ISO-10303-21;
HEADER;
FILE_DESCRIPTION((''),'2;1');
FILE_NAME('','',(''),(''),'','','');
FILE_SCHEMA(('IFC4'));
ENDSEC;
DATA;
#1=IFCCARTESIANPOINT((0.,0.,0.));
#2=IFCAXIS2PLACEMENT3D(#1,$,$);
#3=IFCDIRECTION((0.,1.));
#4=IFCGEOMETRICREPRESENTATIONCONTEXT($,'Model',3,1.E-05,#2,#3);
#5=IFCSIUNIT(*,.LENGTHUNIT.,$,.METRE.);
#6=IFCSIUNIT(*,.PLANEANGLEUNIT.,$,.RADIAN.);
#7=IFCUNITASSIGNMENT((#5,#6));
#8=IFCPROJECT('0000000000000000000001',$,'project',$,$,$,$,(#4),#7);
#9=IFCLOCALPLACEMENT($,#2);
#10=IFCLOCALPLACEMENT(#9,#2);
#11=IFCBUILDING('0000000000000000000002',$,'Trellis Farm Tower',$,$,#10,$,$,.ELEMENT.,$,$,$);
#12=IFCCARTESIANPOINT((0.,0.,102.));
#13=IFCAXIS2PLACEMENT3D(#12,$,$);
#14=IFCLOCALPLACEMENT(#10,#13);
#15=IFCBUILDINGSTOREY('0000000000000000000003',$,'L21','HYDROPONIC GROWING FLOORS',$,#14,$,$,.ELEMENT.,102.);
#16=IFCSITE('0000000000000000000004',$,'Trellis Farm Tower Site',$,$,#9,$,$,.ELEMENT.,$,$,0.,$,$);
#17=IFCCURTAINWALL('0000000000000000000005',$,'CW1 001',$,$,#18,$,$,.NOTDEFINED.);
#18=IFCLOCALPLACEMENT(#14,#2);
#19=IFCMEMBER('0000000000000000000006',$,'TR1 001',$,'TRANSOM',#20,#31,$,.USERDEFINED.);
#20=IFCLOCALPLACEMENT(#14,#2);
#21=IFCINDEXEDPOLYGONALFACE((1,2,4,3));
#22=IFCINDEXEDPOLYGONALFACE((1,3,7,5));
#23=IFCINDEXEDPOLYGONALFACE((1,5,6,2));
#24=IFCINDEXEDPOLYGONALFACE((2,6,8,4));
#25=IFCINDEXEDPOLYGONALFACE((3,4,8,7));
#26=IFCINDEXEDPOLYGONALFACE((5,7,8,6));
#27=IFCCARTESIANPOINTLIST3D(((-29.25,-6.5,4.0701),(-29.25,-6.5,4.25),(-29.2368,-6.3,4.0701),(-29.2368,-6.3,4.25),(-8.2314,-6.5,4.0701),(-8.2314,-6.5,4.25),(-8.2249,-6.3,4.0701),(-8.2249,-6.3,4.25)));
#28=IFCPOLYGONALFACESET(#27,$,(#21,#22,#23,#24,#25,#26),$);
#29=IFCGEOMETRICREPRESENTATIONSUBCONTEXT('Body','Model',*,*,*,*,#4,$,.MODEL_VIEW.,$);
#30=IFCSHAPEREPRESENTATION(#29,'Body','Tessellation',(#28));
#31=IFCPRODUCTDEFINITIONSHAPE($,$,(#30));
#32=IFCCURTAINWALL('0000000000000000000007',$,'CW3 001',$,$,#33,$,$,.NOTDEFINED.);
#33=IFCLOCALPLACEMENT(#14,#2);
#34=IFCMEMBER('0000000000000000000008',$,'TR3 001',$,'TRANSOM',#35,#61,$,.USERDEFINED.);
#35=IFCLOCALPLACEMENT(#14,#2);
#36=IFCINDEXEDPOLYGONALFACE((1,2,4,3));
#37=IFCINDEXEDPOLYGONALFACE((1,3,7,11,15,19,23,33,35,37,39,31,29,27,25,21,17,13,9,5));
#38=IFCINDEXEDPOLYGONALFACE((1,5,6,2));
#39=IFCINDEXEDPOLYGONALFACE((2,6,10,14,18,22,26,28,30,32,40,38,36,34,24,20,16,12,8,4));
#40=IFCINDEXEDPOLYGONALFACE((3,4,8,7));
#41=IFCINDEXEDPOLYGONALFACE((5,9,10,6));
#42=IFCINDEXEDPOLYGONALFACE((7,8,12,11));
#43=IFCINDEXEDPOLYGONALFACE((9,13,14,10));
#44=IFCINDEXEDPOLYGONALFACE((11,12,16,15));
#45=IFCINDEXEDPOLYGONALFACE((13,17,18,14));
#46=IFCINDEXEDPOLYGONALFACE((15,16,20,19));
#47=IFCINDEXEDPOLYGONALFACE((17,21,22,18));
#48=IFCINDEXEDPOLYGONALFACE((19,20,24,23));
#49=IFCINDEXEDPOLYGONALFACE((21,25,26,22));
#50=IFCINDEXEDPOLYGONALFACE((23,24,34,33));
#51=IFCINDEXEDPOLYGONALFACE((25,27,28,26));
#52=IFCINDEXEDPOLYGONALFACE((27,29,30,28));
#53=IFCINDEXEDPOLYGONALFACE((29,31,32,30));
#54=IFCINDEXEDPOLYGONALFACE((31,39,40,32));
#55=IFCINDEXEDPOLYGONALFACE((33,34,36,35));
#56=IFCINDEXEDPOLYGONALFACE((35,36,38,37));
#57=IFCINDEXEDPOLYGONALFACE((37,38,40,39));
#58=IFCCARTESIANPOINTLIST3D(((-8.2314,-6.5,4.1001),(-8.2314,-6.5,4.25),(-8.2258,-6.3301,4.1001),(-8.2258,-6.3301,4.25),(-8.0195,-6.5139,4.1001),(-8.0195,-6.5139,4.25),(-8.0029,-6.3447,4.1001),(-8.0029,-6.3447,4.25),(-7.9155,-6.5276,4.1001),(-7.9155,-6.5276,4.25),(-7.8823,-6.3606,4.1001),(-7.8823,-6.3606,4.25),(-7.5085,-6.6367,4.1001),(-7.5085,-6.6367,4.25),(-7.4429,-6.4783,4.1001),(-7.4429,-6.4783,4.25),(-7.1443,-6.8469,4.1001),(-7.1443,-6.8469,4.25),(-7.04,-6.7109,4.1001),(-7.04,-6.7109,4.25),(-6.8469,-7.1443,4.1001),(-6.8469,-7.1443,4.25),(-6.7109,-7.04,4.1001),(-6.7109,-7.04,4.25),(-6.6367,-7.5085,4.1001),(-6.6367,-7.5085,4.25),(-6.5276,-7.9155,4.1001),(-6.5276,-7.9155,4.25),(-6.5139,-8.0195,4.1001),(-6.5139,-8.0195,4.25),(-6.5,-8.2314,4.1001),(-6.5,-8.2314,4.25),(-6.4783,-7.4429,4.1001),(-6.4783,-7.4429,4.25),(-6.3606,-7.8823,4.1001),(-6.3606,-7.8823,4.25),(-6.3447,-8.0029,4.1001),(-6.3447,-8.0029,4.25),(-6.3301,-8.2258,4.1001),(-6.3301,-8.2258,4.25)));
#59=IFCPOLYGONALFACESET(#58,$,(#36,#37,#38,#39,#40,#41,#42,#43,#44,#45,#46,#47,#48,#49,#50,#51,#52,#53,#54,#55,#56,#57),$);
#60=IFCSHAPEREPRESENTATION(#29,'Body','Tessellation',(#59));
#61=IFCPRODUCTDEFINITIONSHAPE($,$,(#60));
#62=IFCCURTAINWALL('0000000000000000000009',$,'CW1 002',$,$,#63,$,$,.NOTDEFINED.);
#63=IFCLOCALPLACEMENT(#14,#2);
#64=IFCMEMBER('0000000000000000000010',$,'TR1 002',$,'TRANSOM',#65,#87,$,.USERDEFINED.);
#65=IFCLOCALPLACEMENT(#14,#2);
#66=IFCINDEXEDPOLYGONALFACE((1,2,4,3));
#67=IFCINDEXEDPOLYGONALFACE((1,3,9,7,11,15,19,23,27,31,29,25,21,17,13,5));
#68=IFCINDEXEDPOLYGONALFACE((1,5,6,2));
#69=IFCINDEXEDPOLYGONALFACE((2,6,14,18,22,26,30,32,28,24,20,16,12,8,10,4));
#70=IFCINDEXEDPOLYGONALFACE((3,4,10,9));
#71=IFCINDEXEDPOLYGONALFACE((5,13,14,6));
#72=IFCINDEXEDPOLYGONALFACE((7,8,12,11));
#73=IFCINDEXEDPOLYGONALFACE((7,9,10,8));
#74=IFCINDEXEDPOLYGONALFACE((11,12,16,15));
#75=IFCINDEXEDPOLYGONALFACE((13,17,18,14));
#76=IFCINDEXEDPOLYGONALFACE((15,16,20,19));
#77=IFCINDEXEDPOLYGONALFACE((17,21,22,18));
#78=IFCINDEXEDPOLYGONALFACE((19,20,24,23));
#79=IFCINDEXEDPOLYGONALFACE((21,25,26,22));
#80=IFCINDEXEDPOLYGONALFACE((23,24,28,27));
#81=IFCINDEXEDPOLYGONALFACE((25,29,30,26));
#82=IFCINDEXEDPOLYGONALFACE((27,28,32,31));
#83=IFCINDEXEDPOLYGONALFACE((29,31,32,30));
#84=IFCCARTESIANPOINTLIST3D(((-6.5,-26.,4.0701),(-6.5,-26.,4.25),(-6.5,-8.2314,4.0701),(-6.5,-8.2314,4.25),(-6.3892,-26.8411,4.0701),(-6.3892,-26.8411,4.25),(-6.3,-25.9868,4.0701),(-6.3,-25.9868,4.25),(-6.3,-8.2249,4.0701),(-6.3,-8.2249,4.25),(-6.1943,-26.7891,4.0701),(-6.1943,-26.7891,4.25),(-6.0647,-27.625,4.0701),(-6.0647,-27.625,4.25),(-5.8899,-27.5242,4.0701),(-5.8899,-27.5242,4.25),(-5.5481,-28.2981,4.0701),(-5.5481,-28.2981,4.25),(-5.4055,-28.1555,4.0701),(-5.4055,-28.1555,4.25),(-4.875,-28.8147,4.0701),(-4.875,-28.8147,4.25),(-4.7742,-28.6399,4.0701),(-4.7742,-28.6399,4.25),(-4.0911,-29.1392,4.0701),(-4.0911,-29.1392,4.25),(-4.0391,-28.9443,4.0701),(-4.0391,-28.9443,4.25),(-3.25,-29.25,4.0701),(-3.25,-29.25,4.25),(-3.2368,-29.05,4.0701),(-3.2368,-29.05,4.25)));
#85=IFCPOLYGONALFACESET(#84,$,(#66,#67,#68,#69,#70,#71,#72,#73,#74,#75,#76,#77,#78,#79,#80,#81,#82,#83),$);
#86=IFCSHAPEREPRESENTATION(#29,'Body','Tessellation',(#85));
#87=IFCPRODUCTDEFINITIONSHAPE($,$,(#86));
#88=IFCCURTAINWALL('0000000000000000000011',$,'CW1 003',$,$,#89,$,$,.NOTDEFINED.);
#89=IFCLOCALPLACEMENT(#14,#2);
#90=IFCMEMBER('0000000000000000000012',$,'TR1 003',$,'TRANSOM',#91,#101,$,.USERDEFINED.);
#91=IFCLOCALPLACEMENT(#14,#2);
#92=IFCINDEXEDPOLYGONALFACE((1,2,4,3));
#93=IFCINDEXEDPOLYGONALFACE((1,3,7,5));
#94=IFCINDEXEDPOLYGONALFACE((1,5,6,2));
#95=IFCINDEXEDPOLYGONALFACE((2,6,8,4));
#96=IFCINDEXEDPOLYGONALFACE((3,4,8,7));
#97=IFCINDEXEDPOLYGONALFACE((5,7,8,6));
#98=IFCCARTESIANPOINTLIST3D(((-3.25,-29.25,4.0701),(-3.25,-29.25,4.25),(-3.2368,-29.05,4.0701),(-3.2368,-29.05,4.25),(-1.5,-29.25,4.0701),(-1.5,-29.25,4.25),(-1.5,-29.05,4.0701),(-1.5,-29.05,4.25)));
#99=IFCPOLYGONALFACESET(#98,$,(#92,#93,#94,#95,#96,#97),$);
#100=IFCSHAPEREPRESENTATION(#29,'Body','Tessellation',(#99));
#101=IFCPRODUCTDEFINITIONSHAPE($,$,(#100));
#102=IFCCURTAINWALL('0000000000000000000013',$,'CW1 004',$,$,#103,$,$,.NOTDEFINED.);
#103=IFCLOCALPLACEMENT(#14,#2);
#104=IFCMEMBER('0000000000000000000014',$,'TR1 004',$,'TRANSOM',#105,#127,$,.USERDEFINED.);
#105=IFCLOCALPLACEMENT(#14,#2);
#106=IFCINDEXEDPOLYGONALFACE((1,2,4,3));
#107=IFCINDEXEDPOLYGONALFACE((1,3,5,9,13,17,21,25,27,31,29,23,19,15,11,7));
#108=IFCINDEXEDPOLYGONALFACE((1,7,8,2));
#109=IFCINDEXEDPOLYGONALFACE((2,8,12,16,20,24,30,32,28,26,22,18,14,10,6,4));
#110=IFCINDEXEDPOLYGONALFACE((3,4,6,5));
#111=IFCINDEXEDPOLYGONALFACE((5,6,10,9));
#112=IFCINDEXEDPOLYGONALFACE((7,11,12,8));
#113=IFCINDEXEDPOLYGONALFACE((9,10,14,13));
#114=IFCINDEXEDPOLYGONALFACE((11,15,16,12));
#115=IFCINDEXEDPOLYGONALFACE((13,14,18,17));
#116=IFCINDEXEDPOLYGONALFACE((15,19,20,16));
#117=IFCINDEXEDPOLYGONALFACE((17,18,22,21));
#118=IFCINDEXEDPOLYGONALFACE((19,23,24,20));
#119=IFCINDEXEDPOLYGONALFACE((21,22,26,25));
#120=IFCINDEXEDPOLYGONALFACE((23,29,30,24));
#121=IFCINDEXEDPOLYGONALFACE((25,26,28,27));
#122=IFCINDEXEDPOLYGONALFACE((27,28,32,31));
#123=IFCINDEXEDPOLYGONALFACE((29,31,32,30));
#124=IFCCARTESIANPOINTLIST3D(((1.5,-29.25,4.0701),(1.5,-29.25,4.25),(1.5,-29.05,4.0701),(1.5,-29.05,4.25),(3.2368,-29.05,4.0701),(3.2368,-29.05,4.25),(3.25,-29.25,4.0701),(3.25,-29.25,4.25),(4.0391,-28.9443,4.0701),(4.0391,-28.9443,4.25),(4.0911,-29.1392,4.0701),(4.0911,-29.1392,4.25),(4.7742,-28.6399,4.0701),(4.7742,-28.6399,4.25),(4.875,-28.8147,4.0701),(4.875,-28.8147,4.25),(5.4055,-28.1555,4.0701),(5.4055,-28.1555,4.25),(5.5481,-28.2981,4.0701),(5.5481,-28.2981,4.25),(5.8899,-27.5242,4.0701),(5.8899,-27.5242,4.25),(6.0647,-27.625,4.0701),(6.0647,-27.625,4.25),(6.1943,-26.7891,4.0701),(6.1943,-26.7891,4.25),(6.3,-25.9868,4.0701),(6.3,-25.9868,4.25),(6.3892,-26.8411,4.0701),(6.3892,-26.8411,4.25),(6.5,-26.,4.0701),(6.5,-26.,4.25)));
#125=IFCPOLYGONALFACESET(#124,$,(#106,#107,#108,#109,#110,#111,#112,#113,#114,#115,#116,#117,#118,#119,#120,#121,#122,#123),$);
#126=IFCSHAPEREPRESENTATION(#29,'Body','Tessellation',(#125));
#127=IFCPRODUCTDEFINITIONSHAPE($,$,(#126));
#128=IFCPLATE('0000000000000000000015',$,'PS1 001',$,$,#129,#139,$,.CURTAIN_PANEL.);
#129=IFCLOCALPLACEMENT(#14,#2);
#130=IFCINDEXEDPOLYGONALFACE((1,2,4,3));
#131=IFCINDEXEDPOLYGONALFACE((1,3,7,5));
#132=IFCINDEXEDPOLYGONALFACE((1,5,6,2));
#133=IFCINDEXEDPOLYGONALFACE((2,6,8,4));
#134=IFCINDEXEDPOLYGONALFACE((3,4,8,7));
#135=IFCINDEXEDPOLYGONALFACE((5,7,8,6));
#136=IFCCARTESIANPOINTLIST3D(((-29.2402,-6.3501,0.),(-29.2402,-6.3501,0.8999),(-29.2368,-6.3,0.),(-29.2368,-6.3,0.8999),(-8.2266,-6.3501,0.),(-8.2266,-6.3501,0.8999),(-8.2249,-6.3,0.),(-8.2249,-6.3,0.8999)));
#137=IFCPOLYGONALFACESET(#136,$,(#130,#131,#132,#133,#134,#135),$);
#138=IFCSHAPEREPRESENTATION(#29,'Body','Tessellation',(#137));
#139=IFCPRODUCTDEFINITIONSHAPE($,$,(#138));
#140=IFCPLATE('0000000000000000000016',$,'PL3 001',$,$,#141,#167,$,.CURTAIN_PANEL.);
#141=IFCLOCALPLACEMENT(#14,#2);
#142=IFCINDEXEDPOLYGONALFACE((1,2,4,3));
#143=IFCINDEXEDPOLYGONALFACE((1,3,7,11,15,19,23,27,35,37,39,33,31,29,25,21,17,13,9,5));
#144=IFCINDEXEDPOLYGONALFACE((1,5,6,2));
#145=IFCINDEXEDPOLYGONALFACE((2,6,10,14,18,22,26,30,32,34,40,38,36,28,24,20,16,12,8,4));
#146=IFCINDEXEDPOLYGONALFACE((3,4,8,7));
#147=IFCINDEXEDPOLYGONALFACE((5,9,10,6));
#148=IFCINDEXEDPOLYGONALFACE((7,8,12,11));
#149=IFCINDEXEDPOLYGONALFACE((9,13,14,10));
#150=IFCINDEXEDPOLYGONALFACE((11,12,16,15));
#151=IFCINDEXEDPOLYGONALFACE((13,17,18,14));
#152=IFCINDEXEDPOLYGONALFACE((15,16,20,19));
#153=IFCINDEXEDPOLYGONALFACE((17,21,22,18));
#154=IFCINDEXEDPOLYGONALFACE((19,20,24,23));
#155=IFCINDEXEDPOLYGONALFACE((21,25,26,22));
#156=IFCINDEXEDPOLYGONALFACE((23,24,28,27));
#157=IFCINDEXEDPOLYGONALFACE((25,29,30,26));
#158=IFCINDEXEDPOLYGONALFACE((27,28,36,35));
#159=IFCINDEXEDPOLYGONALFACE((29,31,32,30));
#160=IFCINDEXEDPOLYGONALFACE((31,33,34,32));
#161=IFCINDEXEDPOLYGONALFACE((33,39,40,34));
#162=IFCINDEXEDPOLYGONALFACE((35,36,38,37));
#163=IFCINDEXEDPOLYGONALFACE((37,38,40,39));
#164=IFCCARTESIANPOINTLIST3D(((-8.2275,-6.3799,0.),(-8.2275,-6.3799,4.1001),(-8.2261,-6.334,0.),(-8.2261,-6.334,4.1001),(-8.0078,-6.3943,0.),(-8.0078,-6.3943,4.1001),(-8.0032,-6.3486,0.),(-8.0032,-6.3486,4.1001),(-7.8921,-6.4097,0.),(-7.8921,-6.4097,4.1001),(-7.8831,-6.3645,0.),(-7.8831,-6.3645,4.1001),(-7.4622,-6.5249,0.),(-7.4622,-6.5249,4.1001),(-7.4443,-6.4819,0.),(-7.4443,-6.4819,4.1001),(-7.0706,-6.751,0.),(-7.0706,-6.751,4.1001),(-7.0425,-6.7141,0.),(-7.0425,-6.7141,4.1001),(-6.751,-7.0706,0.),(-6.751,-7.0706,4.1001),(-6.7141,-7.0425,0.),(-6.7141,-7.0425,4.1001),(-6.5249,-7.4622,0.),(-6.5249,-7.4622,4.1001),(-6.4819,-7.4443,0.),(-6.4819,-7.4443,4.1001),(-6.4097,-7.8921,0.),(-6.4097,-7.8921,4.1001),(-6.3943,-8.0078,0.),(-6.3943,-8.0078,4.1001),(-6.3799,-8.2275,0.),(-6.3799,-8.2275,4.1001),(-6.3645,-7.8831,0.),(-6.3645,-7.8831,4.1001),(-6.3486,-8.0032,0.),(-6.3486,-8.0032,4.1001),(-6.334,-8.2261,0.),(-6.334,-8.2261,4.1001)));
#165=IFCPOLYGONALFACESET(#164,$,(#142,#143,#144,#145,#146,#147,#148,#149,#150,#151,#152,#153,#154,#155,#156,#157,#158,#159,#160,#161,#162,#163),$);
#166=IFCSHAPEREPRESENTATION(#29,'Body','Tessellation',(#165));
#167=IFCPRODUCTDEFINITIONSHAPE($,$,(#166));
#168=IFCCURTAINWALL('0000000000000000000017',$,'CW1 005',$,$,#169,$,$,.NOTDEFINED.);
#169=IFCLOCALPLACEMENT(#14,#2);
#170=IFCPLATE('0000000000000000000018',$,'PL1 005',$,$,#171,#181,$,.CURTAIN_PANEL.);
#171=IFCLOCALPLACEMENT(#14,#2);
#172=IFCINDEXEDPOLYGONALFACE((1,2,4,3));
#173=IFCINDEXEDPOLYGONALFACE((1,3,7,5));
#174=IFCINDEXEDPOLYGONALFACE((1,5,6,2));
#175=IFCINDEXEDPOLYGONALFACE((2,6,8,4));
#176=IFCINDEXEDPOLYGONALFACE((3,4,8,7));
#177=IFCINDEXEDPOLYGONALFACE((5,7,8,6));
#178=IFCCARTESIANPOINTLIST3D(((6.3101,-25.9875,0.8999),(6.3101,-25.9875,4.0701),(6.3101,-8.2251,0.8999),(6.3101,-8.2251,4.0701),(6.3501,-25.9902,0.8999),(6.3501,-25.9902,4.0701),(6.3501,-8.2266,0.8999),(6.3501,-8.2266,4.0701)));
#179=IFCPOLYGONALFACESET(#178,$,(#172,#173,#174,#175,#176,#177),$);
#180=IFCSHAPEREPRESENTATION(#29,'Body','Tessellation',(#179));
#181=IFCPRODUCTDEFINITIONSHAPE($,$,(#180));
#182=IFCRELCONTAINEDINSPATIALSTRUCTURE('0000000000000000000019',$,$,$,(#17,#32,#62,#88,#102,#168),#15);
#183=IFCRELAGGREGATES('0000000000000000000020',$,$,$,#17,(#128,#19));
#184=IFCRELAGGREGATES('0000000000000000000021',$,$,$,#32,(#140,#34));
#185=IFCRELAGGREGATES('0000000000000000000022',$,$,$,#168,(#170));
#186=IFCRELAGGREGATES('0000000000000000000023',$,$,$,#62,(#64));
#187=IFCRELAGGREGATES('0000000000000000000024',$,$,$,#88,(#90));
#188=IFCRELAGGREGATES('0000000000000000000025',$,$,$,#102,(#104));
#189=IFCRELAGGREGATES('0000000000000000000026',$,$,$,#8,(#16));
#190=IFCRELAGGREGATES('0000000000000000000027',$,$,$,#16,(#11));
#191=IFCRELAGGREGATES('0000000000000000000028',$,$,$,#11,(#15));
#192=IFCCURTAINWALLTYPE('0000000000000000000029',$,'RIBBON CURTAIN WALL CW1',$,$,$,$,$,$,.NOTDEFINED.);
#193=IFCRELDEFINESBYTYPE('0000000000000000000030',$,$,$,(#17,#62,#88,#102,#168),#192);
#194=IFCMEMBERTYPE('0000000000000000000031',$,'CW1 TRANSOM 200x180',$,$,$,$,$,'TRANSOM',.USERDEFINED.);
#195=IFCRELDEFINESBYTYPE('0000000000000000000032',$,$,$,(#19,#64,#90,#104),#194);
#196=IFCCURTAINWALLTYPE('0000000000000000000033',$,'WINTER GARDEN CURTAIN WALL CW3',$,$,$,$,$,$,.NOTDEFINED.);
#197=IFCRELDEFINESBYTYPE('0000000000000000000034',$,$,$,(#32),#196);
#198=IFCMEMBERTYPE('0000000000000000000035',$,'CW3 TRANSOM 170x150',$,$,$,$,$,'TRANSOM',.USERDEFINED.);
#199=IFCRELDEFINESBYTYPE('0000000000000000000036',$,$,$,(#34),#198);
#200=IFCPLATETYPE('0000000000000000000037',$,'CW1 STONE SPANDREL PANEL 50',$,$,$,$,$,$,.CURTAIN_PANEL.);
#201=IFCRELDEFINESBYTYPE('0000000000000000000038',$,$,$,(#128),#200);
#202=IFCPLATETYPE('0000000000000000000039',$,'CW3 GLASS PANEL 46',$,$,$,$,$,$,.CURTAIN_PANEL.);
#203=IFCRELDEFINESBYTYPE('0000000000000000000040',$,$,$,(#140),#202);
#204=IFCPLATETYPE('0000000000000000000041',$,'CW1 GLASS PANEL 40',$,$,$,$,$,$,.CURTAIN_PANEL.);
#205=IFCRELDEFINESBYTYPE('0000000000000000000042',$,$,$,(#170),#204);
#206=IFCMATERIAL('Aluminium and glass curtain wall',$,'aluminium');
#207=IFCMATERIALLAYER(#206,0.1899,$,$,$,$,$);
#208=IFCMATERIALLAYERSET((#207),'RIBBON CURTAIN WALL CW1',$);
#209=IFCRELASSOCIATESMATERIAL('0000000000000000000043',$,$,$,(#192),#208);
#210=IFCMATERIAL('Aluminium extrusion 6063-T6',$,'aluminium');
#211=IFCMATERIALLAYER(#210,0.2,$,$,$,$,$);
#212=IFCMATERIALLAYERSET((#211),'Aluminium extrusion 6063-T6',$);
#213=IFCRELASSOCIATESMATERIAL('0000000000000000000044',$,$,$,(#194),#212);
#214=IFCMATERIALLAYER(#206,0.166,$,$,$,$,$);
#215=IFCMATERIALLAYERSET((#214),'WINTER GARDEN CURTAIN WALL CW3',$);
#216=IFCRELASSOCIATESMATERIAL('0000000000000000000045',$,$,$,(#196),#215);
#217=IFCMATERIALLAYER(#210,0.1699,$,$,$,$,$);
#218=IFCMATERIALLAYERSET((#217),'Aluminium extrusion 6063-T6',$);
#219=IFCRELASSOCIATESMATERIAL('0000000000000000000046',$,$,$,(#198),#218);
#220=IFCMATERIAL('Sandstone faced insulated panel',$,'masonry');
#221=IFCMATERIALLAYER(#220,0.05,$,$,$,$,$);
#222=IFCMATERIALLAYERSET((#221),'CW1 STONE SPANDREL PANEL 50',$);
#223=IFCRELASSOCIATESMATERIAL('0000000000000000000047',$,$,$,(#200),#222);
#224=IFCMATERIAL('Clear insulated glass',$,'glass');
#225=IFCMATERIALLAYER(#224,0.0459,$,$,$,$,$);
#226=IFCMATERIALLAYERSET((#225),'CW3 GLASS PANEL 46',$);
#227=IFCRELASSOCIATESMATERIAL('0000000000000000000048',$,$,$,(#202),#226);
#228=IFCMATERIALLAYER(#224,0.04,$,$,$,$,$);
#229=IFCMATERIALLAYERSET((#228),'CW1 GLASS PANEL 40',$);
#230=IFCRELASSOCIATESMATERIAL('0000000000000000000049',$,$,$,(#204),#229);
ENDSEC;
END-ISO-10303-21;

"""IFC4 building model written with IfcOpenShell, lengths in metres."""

from ifc_helpers import new_model, si_unit, direction, frame, origin, place, context, subcontext, project, spatial, polyline, outline, extrude, source, transform, mapped, material, layer, layer_set, type_object, element, aggregate, save


model = new_model("IFC4")

# Units and contexts
model_context = context("Model", 3, precision=1e-05, world=origin(), true_north=direction((0.0, 1.0)))
body_context = subcontext(model_context, "Body", "Model", "MODEL_VIEW")
ifc_project = project(units=[si_unit("LENGTHUNIT", "METRE"), si_unit("PLANEANGLEUNIT", "RADIAN")], contexts=[model_context])

# Site, building, storey
site_placement = place(None, origin())
site = spatial("IfcSite", under=ifc_project, at=site_placement, Name="Trellis Farm Tower Site", CompositionType="ELEMENT", RefElevation=0.0)
building_placement = place(site_placement, origin())
building = spatial("IfcBuilding", under=site, at=building_placement, Name="Trellis Farm Tower", CompositionType="ELEMENT")
storey_placement = place(building_placement, frame((0.0, 0.0, 102.0)))
storey = spatial("IfcBuildingStorey", under=building, at=storey_placement, Name="L21", Description="HYDROPONIC GROWING FLOORS", CompositionType="ELEMENT", Elevation=102.0)

# Curtain walls, members
ifc_material_1 = material(Name="Aluminium and glass curtain wall", Category="aluminium")
ifc_layer_1 = layer(ifc_material_1, 0.1899)
ifc_layer_set_1 = layer_set([ifc_layer_1], Name="RIBBON CURTAIN WALL CW1")
curtain_wall_type_1 = type_object("IfcCurtainWallType", Name="RIBBON CURTAIN WALL CW1", PredefinedType="NOTDEFINED", material=ifc_layer_set_1)
placement_1 = place(storey_placement, origin())
curtain_wall_1 = element("IfcCurtainWall", 1, at=placement_1, inside=storey, type_object=curtain_wall_type_1, Name="CW1 001", PredefinedType="NOTDEFINED")
ifc_material_2 = material(Name="Aluminium extrusion 6063-T6", Category="aluminium")
ifc_layer_2 = layer(ifc_material_2, 0.2)
ifc_layer_set_2 = layer_set([ifc_layer_2], Name="Aluminium extrusion 6063-T6")
member_type_1 = type_object("IfcMemberType", Name="CW1 TRANSOM 200x180", ElementType="TRANSOM", PredefinedType="USERDEFINED", material=ifc_layer_set_2)
shared_shape_1 = source(origin(), body_context, "Body", "SweptSolid", [
    extrude(outline(polyline([(-29.25, -6.5), (-8.2314, -6.5), (-8.2249, -6.3), (-29.2368, -6.3), (-29.25, -6.5)])), origin(), (0.0, 0.0, 1.0), 0.1799),
])
placement_2 = place(storey_placement, frame((0.0, 0.0, 4.0701)))
member_1 = element("IfcMember", 2, at=placement_2, type_object=member_type_1, Name="TR1 001", ObjectType="TRANSOM", PredefinedType="USERDEFINED", context=body_context, shape_type="MappedRepresentation", body=[
    mapped(shared_shape_1, transform((0.0, 0.0, 0.0))),
])
ifc_layer_3 = layer(ifc_material_1, 0.166)
ifc_layer_set_3 = layer_set([ifc_layer_3], Name="WINTER GARDEN CURTAIN WALL CW3")
curtain_wall_type_2 = type_object("IfcCurtainWallType", Name="WINTER GARDEN CURTAIN WALL CW3", PredefinedType="NOTDEFINED", material=ifc_layer_set_3)
curtain_wall_2 = element("IfcCurtainWall", 3, at=placement_1, inside=storey, type_object=curtain_wall_type_2, Name="CW3 001", PredefinedType="NOTDEFINED")
ifc_layer_4 = layer(ifc_material_2, 0.1699)
ifc_layer_set_4 = layer_set([ifc_layer_4], Name="Aluminium extrusion 6063-T6")
member_type_2 = type_object("IfcMemberType", Name="CW3 TRANSOM 170x150", ElementType="TRANSOM", PredefinedType="USERDEFINED", material=ifc_layer_set_4)
shared_shape_2 = source(origin(), body_context, "Body", "SweptSolid", [
    extrude(outline(polyline([(-8.2314, -6.5), (-8.0195, -6.5139), (-7.9155, -6.5276), (-7.5085, -6.6367), (-7.1443, -6.8469), (-6.8469, -7.1443), (-6.6367, -7.5085), (-6.5276, -7.9155), (-6.5139, -8.0195), (-6.5, -8.2314), (-6.3301, -8.2258), (-6.3447, -8.0029), (-6.3606, -7.8823), (-6.4783, -7.4429), (-6.7109, -7.04), (-7.04, -6.7109), (-7.4429, -6.4783), (-7.8823, -6.3606), (-8.0029, -6.3447), (-8.2258, -6.3301), (-8.2314, -6.5)])), origin(), (0.0, 0.0, 1.0), 0.1499),
])
member_2_placement = place(storey_placement, frame((0.0, 0.0, 4.1001)))
member_2 = element("IfcMember", 4, at=member_2_placement, type_object=member_type_2, Name="TR3 001", ObjectType="TRANSOM", PredefinedType="USERDEFINED", context=body_context, shape_type="MappedRepresentation", body=[
    mapped(shared_shape_2, transform((0.0, 0.0, 0.0))),
])
curtain_wall_3 = element("IfcCurtainWall", 5, at=placement_1, inside=storey, type_object=curtain_wall_type_1, Name="CW1 002", PredefinedType="NOTDEFINED")
shared_shape_3 = source(origin(), body_context, "Body", "SweptSolid", [
    extrude(outline(polyline([(-6.5, -8.2314), (-6.5, -26.0), (-6.3892, -26.8411), (-6.0647, -27.625), (-5.5481, -28.2981), (-4.875, -28.8147), (-4.0911, -29.1392), (-3.25, -29.25), (-3.2368, -29.05), (-4.0391, -28.9443), (-4.7742, -28.6399), (-5.4055, -28.1555), (-5.8899, -27.5242), (-6.1943, -26.7891), (-6.3, -25.9868), (-6.3, -8.2249), (-6.5, -8.2314)])), origin(), (0.0, 0.0, 1.0), 0.1799),
])
member_3 = element("IfcMember", 6, at=placement_2, type_object=member_type_1, Name="TR1 002", ObjectType="TRANSOM", PredefinedType="USERDEFINED", context=body_context, shape_type="MappedRepresentation", body=[
    mapped(shared_shape_3, transform((0.0, 0.0, 0.0))),
])
curtain_wall_4 = element("IfcCurtainWall", 7, at=placement_1, inside=storey, type_object=curtain_wall_type_1, Name="CW1 003", PredefinedType="NOTDEFINED")
shared_shape_4 = source(origin(), body_context, "Body", "SweptSolid", [
    extrude(outline(polyline([(-3.25, -29.25), (-1.5, -29.25), (-1.5, -29.05), (-3.2368, -29.05), (-3.25, -29.25)])), origin(), (0.0, 0.0, 1.0), 0.1799),
])
member_4 = element("IfcMember", 8, at=placement_2, type_object=member_type_1, Name="TR1 003", ObjectType="TRANSOM", PredefinedType="USERDEFINED", context=body_context, shape_type="MappedRepresentation", body=[
    mapped(shared_shape_4, transform((0.0, 0.0, 0.0))),
])
curtain_wall_5 = element("IfcCurtainWall", 9, at=placement_1, inside=storey, type_object=curtain_wall_type_1, Name="CW1 004", PredefinedType="NOTDEFINED")
shared_shape_5 = source(origin(), body_context, "Body", "SweptSolid", [
    extrude(outline(polyline([(1.5, -29.25), (3.25, -29.25), (4.0911, -29.1392), (4.875, -28.8147), (5.5481, -28.2981), (6.0647, -27.625), (6.3892, -26.8411), (6.5, -26.0), (6.3, -25.9868), (6.1943, -26.7891), (5.8899, -27.5242), (5.4055, -28.1555), (4.7742, -28.6399), (4.0391, -28.9443), (3.2368, -29.05), (1.5, -29.05), (1.5, -29.25)])), origin(), (0.0, 0.0, 1.0), 0.1799),
])
member_5 = element("IfcMember", 10, at=placement_2, type_object=member_type_1, Name="TR1 004", ObjectType="TRANSOM", PredefinedType="USERDEFINED", context=body_context, shape_type="MappedRepresentation", body=[
    mapped(shared_shape_5, transform((0.0, 0.0, 0.0))),
])

# Plates
ifc_material_3 = material(Name="Sandstone faced insulated panel", Category="masonry")
ifc_layer_5 = layer(ifc_material_3, 0.05)
ifc_layer_set_5 = layer_set([ifc_layer_5], Name="CW1 STONE SPANDREL PANEL 50")
plate_type_1 = type_object("IfcPlateType", Name="CW1 STONE SPANDREL PANEL 50", PredefinedType="CURTAIN_PANEL", material=ifc_layer_set_5)
shared_shape_6 = source(origin(), body_context, "Body", "SweptSolid", [
    extrude(outline(polyline([(-29.2402, -6.3501), (-8.2266, -6.3501), (-8.2249, -6.3), (-29.2368, -6.3), (-29.2402, -6.3501)])), origin(), (0.0, 0.0, 1.0), 0.8999),
])
plate_1 = element("IfcPlate", 11, at=placement_1, type_object=plate_type_1, Name="PS1 001", PredefinedType="CURTAIN_PANEL", context=body_context, shape_type="MappedRepresentation", body=[
    mapped(shared_shape_6, transform((0.0, 0.0, 0.0))),
])
aggregate(curtain_wall_1, [plate_1, member_1])
ifc_material_4 = material(Name="Clear insulated glass", Category="glass")
ifc_layer_6 = layer(ifc_material_4, 0.0459)
ifc_layer_set_6 = layer_set([ifc_layer_6], Name="CW3 GLASS PANEL 46")
plate_type_2 = type_object("IfcPlateType", Name="CW3 GLASS PANEL 46", PredefinedType="CURTAIN_PANEL", material=ifc_layer_set_6)
shared_shape_7 = source(origin(), body_context, "Body", "SweptSolid", [
    extrude(outline(polyline([(-8.2275, -6.3799), (-8.0078, -6.3943), (-7.8921, -6.4097), (-7.4622, -6.5249), (-7.0706, -6.751), (-6.751, -7.0706), (-6.5249, -7.4622), (-6.4097, -7.8921), (-6.3943, -8.0078), (-6.3799, -8.2275), (-6.334, -8.2261), (-6.3486, -8.0032), (-6.3645, -7.8831), (-6.4819, -7.4443), (-6.7141, -7.0425), (-7.0425, -6.7141), (-7.4443, -6.4819), (-7.8831, -6.3645), (-8.0032, -6.3486), (-8.2261, -6.334), (-8.2275, -6.3799)])), origin(), (0.0, 0.0, 1.0), 4.1001),
])
plate_2 = element("IfcPlate", 12, at=placement_1, type_object=plate_type_2, Name="PL3 001", PredefinedType="CURTAIN_PANEL", context=body_context, shape_type="MappedRepresentation", body=[
    mapped(shared_shape_7, transform((0.0, 0.0, 0.0))),
])
aggregate(curtain_wall_2, [plate_2, member_2])

# Curtain wall, plate
curtain_wall_6 = element("IfcCurtainWall", 13, at=placement_1, inside=storey, type_object=curtain_wall_type_1, Name="CW1 005", PredefinedType="NOTDEFINED")
ifc_layer_7 = layer(ifc_material_4, 0.04)
ifc_layer_set_7 = layer_set([ifc_layer_7], Name="CW1 GLASS PANEL 40")
plate_type_3 = type_object("IfcPlateType", Name="CW1 GLASS PANEL 40", PredefinedType="CURTAIN_PANEL", material=ifc_layer_set_7)
shared_shape_8 = source(origin(), body_context, "Body", "SweptSolid", [
    extrude(outline(polyline([(6.3501, -25.9902), (6.3501, -8.2266), (6.3101, -8.2251), (6.3101, -25.9875), (6.3501, -25.9902)])), origin(), (0.0, 0.0, 1.0), 3.1702),
])
placement_3 = place(storey_placement, frame((0.0, 0.0, 0.8999)))
plate_3 = element("IfcPlate", 14, at=placement_3, type_object=plate_type_3, Name="PL1 005", PredefinedType="CURTAIN_PANEL", context=body_context, shape_type="MappedRepresentation", body=[
    mapped(shared_shape_8, transform((0.0, 0.0, 0.0))),
])
aggregate(curtain_wall_6, [plate_3])

aggregate(curtain_wall_3, [member_3])
aggregate(curtain_wall_4, [member_4])
aggregate(curtain_wall_5, [member_5])

save(model, "model.ifc")
